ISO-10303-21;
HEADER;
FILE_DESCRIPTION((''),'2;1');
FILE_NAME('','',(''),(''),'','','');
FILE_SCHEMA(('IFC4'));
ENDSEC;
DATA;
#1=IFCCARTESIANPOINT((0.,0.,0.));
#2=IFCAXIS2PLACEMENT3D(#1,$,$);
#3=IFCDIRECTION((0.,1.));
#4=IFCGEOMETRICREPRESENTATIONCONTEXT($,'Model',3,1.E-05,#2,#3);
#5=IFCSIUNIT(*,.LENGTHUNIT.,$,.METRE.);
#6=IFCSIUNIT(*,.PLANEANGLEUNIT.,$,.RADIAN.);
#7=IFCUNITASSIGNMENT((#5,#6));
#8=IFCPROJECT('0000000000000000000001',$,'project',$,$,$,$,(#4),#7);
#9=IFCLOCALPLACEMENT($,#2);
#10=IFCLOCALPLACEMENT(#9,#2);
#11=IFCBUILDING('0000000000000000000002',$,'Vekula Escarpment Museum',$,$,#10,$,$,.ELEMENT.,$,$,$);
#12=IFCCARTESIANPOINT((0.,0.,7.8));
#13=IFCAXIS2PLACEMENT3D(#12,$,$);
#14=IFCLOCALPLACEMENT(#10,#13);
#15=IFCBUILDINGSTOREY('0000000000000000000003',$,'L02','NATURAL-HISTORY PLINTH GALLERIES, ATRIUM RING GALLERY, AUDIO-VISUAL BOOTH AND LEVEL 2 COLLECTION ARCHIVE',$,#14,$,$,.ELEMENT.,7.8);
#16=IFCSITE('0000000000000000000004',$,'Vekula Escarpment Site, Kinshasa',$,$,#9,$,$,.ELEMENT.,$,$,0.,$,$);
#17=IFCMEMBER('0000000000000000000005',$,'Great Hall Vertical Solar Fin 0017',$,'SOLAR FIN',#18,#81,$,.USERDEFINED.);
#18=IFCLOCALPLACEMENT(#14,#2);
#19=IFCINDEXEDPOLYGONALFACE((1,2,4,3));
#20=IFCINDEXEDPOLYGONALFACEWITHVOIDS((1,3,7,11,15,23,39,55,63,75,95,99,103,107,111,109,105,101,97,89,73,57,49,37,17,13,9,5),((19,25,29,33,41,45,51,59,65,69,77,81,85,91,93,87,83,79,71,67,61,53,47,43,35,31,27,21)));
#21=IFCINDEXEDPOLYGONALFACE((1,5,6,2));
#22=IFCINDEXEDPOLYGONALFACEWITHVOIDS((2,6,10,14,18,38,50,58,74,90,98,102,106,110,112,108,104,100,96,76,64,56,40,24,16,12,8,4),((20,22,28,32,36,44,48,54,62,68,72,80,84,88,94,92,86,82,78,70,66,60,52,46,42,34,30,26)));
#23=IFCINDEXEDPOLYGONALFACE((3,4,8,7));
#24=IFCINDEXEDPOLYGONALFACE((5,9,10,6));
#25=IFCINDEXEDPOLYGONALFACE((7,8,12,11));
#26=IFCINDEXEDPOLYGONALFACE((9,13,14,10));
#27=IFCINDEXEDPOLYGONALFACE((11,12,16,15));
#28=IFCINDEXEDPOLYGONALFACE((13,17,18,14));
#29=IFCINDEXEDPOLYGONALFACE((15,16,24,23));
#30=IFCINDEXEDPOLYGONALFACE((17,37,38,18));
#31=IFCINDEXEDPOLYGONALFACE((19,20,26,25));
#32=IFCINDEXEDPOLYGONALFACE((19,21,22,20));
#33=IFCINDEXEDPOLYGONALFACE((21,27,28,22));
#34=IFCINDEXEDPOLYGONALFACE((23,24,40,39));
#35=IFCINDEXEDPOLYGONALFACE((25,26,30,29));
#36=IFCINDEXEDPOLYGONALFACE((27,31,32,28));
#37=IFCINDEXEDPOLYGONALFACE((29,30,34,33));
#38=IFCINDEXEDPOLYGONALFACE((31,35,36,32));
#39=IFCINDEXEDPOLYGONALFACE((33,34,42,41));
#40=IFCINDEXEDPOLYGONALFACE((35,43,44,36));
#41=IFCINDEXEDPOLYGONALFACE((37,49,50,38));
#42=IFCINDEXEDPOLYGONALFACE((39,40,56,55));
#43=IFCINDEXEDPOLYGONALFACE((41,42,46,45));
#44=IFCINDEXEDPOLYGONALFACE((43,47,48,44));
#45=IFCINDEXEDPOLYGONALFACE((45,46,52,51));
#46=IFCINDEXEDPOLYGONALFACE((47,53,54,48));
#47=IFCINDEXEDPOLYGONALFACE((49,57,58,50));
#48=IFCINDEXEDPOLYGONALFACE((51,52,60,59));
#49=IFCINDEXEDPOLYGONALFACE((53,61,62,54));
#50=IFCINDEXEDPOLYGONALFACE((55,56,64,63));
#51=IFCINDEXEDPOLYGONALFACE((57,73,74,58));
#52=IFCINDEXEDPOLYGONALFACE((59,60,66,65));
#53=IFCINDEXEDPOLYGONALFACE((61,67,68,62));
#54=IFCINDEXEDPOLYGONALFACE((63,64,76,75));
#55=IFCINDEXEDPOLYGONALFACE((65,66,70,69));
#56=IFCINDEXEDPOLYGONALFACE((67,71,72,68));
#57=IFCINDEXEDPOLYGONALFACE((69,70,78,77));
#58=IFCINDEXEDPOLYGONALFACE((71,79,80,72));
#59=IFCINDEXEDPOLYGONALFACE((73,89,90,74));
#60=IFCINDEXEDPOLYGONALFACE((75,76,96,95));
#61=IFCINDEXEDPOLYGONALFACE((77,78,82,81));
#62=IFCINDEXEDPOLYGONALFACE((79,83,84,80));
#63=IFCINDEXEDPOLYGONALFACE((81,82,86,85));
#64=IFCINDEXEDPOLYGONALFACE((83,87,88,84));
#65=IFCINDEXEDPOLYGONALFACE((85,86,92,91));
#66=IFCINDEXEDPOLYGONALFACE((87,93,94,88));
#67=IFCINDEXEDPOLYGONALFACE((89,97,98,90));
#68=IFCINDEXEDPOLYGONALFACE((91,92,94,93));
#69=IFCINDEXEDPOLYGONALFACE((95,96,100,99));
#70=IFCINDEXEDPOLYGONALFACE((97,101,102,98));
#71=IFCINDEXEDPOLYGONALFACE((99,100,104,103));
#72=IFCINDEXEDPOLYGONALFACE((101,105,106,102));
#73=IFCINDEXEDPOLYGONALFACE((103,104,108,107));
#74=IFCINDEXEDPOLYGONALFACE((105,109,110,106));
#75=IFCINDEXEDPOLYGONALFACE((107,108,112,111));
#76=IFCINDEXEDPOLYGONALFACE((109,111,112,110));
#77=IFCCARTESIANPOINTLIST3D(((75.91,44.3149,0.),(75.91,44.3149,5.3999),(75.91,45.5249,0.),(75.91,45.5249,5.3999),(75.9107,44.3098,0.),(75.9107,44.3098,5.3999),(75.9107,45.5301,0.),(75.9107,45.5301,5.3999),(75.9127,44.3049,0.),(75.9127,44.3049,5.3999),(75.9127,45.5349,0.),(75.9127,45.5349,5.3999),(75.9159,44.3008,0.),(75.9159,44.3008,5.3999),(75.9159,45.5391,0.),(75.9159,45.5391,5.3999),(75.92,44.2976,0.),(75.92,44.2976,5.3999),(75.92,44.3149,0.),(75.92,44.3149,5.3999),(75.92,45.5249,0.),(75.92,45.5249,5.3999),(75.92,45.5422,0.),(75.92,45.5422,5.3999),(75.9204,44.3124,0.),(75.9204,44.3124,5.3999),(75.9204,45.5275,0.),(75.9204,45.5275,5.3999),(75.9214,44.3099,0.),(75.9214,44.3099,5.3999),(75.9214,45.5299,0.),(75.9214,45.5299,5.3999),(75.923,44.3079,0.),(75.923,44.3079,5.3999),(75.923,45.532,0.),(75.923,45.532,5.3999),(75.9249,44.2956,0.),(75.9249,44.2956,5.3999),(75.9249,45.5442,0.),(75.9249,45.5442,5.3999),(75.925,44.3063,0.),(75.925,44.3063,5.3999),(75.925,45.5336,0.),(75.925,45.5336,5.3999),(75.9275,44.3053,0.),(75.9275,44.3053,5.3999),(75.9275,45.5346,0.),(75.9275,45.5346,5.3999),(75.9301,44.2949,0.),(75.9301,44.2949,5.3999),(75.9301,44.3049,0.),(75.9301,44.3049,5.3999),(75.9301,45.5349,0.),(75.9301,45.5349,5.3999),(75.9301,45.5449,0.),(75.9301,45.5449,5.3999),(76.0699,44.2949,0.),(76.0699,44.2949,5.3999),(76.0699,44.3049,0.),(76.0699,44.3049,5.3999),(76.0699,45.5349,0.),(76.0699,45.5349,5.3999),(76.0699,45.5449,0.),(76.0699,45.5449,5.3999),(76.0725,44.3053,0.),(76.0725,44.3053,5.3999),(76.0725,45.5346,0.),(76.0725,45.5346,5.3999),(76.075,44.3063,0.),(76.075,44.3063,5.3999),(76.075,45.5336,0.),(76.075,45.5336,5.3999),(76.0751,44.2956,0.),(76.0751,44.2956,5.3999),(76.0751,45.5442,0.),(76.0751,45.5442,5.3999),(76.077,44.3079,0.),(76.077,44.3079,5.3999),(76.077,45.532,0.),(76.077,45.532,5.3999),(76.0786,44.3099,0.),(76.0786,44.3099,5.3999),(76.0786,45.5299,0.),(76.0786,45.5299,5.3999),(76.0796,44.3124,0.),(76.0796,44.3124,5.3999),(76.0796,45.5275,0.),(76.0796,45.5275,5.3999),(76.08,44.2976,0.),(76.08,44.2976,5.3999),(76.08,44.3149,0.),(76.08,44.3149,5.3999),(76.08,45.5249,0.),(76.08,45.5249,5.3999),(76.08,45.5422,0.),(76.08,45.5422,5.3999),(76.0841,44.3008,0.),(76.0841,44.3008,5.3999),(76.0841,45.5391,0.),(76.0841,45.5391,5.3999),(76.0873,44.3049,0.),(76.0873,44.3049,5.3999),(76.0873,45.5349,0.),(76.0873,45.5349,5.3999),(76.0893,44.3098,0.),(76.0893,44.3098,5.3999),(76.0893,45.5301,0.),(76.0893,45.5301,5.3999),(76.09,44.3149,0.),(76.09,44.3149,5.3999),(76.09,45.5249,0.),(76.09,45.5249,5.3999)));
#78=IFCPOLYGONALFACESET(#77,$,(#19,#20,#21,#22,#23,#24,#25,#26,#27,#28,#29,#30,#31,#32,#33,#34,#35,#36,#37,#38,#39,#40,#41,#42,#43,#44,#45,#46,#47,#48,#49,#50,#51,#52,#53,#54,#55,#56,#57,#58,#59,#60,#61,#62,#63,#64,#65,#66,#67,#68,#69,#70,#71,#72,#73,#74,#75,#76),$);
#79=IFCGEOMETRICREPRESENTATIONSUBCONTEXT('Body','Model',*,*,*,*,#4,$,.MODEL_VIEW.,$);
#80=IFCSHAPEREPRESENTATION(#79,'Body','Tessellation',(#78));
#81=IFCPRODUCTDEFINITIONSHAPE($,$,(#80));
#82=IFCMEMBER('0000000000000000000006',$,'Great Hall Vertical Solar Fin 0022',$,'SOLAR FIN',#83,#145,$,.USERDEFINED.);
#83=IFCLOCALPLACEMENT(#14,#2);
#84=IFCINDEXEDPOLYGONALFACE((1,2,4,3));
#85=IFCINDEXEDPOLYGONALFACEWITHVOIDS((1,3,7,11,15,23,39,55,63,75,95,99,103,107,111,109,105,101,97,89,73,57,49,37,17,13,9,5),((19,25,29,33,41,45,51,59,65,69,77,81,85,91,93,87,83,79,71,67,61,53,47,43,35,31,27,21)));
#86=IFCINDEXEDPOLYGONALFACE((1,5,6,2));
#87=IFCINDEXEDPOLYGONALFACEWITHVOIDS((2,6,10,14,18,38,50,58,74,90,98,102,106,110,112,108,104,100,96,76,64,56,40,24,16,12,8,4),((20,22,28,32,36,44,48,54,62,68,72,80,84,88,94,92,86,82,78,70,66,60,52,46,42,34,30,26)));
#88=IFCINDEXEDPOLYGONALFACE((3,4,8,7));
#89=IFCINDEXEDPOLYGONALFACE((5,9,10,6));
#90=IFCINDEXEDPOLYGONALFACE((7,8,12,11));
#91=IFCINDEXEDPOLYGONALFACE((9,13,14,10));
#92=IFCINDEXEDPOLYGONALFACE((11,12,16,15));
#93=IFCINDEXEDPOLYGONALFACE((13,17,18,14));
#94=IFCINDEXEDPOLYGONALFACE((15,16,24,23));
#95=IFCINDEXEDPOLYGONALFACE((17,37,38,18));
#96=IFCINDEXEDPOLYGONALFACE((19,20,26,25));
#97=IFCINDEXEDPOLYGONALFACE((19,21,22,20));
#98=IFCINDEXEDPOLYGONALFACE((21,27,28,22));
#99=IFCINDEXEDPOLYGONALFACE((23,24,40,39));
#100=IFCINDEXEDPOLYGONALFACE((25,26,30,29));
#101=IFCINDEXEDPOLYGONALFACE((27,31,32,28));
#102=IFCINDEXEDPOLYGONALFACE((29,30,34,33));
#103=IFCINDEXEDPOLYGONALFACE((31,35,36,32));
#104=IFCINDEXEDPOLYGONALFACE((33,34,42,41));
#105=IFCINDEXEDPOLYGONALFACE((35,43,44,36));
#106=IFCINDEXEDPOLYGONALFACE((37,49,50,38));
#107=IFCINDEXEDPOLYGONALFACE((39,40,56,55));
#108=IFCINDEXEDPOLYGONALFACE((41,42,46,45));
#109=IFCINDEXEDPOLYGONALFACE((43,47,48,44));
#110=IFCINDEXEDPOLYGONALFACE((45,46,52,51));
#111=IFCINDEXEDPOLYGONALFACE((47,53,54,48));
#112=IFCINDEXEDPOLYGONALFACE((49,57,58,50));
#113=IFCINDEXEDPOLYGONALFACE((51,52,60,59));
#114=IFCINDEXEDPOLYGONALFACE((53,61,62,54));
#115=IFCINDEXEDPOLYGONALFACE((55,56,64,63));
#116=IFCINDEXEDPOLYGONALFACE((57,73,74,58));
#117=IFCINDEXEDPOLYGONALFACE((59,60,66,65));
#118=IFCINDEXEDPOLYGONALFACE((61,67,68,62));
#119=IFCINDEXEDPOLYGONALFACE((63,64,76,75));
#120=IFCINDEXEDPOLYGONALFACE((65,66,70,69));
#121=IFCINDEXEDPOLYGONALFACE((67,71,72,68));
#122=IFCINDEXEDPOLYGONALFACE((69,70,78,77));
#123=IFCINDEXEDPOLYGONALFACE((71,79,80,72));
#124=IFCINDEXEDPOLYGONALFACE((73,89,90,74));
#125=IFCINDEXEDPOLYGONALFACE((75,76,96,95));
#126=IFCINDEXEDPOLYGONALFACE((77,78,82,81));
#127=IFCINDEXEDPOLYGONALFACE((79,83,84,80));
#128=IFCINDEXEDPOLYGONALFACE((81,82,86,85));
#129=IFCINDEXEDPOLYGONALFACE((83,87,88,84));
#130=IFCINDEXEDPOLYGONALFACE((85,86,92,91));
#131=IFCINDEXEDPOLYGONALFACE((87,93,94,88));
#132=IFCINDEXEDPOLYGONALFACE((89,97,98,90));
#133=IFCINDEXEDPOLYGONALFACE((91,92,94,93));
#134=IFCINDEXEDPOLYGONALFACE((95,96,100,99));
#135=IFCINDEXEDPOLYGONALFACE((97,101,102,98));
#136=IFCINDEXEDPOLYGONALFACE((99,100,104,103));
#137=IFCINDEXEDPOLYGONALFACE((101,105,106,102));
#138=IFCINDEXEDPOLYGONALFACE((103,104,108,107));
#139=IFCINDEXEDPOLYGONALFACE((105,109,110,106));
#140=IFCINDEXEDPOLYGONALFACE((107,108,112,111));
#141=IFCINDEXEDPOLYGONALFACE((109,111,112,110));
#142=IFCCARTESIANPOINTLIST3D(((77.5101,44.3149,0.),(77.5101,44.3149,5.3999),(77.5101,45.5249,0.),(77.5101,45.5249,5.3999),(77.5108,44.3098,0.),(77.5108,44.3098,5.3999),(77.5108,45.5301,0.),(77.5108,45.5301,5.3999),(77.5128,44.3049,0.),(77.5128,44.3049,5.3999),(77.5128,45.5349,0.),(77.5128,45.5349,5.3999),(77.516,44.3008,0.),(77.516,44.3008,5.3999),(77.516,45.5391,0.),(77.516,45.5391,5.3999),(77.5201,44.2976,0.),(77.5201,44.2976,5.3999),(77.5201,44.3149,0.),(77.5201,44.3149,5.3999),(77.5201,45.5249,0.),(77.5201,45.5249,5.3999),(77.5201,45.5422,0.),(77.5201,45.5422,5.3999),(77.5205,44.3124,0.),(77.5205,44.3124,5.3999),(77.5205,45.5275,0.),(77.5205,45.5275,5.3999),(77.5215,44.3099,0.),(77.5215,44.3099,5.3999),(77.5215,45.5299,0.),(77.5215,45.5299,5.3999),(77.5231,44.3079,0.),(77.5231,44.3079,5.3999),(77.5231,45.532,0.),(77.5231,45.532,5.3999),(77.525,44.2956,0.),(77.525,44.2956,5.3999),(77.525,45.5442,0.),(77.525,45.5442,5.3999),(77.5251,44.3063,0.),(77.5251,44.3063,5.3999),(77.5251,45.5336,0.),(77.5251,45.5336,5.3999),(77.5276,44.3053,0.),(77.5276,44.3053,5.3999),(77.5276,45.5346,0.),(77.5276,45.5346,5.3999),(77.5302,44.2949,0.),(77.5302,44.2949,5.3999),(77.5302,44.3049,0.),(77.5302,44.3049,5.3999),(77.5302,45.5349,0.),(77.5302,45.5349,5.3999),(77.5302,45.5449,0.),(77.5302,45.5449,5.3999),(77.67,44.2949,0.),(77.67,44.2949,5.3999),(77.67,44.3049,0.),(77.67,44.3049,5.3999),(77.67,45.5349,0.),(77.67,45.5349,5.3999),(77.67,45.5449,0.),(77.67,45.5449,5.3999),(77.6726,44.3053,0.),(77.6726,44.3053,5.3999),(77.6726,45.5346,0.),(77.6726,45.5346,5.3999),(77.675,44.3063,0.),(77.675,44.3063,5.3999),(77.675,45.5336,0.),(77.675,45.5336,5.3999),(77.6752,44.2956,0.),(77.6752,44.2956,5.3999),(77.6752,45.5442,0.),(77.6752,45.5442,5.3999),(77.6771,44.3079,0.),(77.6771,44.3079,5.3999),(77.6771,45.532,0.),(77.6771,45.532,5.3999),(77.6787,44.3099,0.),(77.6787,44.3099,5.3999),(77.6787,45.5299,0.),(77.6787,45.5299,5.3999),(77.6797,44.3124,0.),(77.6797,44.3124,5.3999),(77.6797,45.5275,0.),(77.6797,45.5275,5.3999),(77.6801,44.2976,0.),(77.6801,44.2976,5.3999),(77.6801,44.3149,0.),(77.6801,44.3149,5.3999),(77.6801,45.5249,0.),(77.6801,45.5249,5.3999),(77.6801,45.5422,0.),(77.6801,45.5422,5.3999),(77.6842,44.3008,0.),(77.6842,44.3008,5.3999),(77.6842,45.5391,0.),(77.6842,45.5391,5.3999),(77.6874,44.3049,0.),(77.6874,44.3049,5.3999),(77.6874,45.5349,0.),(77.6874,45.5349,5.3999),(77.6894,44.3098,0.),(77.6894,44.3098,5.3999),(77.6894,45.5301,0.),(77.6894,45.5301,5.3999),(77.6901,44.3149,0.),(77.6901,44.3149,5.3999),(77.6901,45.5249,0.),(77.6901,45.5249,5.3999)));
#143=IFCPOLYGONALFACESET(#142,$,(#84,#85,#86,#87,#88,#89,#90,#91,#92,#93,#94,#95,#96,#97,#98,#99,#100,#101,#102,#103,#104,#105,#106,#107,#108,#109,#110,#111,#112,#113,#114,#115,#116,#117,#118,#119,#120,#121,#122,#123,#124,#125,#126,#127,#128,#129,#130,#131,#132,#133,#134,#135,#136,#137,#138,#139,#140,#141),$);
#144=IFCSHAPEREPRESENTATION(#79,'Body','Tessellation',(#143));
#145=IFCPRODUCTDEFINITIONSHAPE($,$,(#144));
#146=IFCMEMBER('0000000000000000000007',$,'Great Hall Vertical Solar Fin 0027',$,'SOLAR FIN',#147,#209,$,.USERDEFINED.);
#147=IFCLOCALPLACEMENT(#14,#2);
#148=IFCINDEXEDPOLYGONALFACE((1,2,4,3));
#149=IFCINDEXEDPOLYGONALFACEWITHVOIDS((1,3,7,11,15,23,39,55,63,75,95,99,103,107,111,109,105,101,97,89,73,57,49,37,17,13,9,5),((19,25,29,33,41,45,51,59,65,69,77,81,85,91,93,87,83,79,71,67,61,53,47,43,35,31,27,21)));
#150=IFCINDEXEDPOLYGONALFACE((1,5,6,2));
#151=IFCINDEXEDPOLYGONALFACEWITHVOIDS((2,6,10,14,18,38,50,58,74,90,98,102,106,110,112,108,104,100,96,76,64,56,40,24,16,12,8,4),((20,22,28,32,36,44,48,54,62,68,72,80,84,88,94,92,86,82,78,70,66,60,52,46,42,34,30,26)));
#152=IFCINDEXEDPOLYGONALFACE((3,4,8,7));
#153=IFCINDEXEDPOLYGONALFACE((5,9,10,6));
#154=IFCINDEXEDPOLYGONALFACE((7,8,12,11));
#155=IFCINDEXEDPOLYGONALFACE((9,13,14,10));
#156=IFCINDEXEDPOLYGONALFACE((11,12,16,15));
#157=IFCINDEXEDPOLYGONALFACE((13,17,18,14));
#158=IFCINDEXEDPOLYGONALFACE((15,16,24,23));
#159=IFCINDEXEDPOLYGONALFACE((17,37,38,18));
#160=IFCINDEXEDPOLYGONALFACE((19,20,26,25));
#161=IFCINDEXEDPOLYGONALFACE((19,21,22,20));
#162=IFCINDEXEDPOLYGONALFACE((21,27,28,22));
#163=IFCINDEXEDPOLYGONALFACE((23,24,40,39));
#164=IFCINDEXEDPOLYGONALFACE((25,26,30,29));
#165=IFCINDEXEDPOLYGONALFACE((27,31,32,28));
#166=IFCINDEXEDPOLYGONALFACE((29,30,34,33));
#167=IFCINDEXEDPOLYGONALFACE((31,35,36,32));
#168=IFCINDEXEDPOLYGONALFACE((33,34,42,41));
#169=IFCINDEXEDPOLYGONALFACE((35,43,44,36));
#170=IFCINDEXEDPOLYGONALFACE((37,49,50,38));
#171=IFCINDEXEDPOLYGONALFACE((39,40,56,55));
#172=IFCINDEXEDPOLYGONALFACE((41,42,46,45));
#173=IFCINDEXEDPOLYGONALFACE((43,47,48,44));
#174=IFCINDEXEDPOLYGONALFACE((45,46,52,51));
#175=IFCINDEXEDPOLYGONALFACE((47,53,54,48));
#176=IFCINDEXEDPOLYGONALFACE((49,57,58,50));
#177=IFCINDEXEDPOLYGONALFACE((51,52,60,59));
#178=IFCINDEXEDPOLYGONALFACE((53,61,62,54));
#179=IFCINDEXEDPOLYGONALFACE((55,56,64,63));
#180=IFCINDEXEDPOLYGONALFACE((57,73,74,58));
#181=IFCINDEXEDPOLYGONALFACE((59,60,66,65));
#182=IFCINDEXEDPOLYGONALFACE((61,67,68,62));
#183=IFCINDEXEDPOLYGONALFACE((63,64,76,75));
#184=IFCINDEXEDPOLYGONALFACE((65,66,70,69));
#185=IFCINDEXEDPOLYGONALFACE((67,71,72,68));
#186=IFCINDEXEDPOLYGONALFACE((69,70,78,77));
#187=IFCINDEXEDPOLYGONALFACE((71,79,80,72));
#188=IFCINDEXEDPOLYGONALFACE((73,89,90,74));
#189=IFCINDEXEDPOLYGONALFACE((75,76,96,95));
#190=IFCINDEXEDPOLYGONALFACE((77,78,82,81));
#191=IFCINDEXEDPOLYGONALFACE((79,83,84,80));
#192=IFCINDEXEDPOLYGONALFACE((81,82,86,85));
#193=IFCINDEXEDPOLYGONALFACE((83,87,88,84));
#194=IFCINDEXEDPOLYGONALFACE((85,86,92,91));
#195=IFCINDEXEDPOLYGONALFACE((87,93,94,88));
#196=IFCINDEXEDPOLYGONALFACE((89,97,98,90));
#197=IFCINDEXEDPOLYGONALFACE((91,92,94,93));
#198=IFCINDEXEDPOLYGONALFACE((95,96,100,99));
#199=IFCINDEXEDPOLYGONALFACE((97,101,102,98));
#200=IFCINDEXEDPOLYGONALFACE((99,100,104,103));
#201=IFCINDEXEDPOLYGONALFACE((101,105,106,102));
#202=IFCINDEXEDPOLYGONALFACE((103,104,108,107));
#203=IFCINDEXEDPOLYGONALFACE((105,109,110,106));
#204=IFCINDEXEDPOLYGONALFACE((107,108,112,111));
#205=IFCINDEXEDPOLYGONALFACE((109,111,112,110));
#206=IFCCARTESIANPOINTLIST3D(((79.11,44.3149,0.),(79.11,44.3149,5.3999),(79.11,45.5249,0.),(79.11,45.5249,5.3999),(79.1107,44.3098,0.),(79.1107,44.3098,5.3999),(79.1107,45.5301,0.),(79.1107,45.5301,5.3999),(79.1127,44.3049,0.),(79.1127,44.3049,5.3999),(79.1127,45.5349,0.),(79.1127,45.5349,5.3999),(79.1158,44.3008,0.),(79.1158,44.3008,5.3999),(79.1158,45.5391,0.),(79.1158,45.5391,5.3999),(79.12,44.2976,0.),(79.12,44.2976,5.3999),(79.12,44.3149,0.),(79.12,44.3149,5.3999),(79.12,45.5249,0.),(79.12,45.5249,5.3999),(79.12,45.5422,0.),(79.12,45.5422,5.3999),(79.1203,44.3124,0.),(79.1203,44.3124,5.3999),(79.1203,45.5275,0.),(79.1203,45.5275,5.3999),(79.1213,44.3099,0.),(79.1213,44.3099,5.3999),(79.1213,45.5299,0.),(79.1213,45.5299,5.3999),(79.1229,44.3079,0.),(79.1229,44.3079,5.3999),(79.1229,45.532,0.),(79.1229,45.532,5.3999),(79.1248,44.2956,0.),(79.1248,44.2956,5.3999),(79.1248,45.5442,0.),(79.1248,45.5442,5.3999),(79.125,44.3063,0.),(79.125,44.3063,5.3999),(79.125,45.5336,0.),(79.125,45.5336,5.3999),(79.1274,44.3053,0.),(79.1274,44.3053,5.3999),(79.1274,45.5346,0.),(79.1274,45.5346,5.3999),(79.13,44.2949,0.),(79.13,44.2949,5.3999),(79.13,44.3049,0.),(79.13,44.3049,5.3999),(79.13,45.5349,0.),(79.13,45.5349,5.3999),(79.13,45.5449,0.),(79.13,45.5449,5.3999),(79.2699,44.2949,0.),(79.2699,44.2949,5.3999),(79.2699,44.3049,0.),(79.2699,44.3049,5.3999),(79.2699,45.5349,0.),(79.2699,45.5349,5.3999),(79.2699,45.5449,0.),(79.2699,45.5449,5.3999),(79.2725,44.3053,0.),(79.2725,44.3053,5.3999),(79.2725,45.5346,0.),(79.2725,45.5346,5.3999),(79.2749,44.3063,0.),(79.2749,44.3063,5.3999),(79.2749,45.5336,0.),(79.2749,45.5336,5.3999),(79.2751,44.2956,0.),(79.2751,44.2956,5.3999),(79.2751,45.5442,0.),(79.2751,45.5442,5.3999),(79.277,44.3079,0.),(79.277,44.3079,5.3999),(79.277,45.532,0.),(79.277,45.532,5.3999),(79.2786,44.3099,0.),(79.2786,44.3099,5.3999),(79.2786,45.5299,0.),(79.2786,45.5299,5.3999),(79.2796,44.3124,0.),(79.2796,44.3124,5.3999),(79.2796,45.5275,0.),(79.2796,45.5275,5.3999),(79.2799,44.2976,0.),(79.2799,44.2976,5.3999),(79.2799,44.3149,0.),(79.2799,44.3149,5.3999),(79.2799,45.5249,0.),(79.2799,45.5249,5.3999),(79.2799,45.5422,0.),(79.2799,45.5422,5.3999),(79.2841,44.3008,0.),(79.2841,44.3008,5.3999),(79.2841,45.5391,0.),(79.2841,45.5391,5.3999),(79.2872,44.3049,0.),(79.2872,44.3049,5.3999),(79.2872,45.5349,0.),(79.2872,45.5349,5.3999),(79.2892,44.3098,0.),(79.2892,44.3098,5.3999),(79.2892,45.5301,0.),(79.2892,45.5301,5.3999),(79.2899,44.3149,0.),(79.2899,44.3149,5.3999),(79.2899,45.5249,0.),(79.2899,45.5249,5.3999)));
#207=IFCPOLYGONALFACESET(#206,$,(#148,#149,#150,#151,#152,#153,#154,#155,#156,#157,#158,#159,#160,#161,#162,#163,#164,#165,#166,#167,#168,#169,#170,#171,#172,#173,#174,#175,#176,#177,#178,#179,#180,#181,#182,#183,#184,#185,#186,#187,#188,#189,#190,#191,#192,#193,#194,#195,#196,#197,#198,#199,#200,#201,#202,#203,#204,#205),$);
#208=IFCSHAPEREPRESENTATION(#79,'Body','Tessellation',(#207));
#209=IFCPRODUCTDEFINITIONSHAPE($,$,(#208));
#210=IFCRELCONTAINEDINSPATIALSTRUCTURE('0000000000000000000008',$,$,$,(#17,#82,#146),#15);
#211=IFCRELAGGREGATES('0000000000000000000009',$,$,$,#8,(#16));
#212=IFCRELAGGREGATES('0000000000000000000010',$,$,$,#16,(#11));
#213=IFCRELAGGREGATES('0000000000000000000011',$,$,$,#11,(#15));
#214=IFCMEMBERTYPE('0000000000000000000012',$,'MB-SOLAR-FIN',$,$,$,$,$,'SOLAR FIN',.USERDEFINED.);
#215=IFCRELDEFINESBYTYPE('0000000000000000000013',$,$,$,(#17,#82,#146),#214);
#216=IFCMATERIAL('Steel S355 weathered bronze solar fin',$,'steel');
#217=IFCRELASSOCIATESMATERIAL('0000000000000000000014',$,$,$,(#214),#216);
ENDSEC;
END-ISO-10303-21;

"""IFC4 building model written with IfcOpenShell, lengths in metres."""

from ifc_helpers import new_model, si_unit, direction, frame, origin, origin_2d, place, context, subcontext, project, spatial, hollow_rectangle, extrude, material, material_profile, profile_set, type_object, element, save


model = new_model("IFC4")

# Units and contexts
model_context = context("Model", 3, precision=1e-05, world=origin(), true_north=direction((0.0, 1.0)))
body_context = subcontext(model_context, "Body", "Model", "MODEL_VIEW")
ifc_project = project(units=[si_unit("LENGTHUNIT", "METRE"), si_unit("PLANEANGLEUNIT", "RADIAN")], contexts=[model_context])

# Site, building, storey
site_placement = place(None, origin())
site = spatial("IfcSite", under=ifc_project, at=site_placement, Name="Vekula Escarpment Site, Kinshasa", CompositionType="ELEMENT", RefElevation=0.0)
building_placement = place(site_placement, origin())
building = spatial("IfcBuilding", under=site, at=building_placement, Name="Vekula Escarpment Museum", CompositionType="ELEMENT")
storey_placement = place(building_placement, frame((0.0, 0.0, 7.8)))
storey = spatial("IfcBuildingStorey", under=building, at=storey_placement, Name="L02", Description="NATURAL-HISTORY PLINTH GALLERIES, ATRIUM RING GALLERY, AUDIO-VISUAL BOOTH AND LEVEL 2 COLLECTION ARCHIVE", CompositionType="ELEMENT", Elevation=7.8)

# Members
ifc_material_1 = material(Name="Steel S355 weathered bronze solar fin", Category="steel")
ifc_material_profile_1 = material_profile(ifc_material_1, hollow_rectangle(XDim=0.1799, YDim=1.25, WallThickness=0.01, InnerFilletRadius=0.01, OuterFilletRadius=0.02, at=origin_2d()), Name="RHS 1250x180x10")
ifc_profile_set_1 = profile_set([ifc_material_profile_1], Name="Steel S355 weathered bronze solar fin")
member_type_1 = type_object("IfcMemberType", Name="MB-SOLAR-FIN", ElementType="SOLAR FIN", PredefinedType="USERDEFINED", material=ifc_profile_set_1)
for number, where, z_axis, x_axis, name in (
    (1, (76.0, 44.9199, 0.0), (0.0, 0.0, 1.0), (1.0, 0.0, 0.0), "Great Hall Vertical Solar Fin 0017"),
    (2, (77.6001, 44.9199, 0.0), (0.0, 0.0, 1.0), (1.0, 0.0, 0.0), "Great Hall Vertical Solar Fin 0022"),
    (3, (79.2, 44.9199, 0.0), (0.0, 0.0, 1.0), (1.0, 0.0, 0.0), "Great Hall Vertical Solar Fin 0027"),
):
    element("IfcMember", number, at=place(storey_placement, frame(where, z_axis=z_axis, x_axis=x_axis)), inside=storey, type_object=member_type_1, Name=name, ObjectType="SOLAR FIN", PredefinedType="USERDEFINED", context=body_context, shape_type="SweptSolid", body=[
        extrude(hollow_rectangle(XDim=0.1799, YDim=1.25, WallThickness=0.01, InnerFilletRadius=0.01, OuterFilletRadius=0.02, at=origin_2d()), origin(), (0.0, 0.0, 1.0), 5.3999),
    ])

save(model, "model.ifc")
